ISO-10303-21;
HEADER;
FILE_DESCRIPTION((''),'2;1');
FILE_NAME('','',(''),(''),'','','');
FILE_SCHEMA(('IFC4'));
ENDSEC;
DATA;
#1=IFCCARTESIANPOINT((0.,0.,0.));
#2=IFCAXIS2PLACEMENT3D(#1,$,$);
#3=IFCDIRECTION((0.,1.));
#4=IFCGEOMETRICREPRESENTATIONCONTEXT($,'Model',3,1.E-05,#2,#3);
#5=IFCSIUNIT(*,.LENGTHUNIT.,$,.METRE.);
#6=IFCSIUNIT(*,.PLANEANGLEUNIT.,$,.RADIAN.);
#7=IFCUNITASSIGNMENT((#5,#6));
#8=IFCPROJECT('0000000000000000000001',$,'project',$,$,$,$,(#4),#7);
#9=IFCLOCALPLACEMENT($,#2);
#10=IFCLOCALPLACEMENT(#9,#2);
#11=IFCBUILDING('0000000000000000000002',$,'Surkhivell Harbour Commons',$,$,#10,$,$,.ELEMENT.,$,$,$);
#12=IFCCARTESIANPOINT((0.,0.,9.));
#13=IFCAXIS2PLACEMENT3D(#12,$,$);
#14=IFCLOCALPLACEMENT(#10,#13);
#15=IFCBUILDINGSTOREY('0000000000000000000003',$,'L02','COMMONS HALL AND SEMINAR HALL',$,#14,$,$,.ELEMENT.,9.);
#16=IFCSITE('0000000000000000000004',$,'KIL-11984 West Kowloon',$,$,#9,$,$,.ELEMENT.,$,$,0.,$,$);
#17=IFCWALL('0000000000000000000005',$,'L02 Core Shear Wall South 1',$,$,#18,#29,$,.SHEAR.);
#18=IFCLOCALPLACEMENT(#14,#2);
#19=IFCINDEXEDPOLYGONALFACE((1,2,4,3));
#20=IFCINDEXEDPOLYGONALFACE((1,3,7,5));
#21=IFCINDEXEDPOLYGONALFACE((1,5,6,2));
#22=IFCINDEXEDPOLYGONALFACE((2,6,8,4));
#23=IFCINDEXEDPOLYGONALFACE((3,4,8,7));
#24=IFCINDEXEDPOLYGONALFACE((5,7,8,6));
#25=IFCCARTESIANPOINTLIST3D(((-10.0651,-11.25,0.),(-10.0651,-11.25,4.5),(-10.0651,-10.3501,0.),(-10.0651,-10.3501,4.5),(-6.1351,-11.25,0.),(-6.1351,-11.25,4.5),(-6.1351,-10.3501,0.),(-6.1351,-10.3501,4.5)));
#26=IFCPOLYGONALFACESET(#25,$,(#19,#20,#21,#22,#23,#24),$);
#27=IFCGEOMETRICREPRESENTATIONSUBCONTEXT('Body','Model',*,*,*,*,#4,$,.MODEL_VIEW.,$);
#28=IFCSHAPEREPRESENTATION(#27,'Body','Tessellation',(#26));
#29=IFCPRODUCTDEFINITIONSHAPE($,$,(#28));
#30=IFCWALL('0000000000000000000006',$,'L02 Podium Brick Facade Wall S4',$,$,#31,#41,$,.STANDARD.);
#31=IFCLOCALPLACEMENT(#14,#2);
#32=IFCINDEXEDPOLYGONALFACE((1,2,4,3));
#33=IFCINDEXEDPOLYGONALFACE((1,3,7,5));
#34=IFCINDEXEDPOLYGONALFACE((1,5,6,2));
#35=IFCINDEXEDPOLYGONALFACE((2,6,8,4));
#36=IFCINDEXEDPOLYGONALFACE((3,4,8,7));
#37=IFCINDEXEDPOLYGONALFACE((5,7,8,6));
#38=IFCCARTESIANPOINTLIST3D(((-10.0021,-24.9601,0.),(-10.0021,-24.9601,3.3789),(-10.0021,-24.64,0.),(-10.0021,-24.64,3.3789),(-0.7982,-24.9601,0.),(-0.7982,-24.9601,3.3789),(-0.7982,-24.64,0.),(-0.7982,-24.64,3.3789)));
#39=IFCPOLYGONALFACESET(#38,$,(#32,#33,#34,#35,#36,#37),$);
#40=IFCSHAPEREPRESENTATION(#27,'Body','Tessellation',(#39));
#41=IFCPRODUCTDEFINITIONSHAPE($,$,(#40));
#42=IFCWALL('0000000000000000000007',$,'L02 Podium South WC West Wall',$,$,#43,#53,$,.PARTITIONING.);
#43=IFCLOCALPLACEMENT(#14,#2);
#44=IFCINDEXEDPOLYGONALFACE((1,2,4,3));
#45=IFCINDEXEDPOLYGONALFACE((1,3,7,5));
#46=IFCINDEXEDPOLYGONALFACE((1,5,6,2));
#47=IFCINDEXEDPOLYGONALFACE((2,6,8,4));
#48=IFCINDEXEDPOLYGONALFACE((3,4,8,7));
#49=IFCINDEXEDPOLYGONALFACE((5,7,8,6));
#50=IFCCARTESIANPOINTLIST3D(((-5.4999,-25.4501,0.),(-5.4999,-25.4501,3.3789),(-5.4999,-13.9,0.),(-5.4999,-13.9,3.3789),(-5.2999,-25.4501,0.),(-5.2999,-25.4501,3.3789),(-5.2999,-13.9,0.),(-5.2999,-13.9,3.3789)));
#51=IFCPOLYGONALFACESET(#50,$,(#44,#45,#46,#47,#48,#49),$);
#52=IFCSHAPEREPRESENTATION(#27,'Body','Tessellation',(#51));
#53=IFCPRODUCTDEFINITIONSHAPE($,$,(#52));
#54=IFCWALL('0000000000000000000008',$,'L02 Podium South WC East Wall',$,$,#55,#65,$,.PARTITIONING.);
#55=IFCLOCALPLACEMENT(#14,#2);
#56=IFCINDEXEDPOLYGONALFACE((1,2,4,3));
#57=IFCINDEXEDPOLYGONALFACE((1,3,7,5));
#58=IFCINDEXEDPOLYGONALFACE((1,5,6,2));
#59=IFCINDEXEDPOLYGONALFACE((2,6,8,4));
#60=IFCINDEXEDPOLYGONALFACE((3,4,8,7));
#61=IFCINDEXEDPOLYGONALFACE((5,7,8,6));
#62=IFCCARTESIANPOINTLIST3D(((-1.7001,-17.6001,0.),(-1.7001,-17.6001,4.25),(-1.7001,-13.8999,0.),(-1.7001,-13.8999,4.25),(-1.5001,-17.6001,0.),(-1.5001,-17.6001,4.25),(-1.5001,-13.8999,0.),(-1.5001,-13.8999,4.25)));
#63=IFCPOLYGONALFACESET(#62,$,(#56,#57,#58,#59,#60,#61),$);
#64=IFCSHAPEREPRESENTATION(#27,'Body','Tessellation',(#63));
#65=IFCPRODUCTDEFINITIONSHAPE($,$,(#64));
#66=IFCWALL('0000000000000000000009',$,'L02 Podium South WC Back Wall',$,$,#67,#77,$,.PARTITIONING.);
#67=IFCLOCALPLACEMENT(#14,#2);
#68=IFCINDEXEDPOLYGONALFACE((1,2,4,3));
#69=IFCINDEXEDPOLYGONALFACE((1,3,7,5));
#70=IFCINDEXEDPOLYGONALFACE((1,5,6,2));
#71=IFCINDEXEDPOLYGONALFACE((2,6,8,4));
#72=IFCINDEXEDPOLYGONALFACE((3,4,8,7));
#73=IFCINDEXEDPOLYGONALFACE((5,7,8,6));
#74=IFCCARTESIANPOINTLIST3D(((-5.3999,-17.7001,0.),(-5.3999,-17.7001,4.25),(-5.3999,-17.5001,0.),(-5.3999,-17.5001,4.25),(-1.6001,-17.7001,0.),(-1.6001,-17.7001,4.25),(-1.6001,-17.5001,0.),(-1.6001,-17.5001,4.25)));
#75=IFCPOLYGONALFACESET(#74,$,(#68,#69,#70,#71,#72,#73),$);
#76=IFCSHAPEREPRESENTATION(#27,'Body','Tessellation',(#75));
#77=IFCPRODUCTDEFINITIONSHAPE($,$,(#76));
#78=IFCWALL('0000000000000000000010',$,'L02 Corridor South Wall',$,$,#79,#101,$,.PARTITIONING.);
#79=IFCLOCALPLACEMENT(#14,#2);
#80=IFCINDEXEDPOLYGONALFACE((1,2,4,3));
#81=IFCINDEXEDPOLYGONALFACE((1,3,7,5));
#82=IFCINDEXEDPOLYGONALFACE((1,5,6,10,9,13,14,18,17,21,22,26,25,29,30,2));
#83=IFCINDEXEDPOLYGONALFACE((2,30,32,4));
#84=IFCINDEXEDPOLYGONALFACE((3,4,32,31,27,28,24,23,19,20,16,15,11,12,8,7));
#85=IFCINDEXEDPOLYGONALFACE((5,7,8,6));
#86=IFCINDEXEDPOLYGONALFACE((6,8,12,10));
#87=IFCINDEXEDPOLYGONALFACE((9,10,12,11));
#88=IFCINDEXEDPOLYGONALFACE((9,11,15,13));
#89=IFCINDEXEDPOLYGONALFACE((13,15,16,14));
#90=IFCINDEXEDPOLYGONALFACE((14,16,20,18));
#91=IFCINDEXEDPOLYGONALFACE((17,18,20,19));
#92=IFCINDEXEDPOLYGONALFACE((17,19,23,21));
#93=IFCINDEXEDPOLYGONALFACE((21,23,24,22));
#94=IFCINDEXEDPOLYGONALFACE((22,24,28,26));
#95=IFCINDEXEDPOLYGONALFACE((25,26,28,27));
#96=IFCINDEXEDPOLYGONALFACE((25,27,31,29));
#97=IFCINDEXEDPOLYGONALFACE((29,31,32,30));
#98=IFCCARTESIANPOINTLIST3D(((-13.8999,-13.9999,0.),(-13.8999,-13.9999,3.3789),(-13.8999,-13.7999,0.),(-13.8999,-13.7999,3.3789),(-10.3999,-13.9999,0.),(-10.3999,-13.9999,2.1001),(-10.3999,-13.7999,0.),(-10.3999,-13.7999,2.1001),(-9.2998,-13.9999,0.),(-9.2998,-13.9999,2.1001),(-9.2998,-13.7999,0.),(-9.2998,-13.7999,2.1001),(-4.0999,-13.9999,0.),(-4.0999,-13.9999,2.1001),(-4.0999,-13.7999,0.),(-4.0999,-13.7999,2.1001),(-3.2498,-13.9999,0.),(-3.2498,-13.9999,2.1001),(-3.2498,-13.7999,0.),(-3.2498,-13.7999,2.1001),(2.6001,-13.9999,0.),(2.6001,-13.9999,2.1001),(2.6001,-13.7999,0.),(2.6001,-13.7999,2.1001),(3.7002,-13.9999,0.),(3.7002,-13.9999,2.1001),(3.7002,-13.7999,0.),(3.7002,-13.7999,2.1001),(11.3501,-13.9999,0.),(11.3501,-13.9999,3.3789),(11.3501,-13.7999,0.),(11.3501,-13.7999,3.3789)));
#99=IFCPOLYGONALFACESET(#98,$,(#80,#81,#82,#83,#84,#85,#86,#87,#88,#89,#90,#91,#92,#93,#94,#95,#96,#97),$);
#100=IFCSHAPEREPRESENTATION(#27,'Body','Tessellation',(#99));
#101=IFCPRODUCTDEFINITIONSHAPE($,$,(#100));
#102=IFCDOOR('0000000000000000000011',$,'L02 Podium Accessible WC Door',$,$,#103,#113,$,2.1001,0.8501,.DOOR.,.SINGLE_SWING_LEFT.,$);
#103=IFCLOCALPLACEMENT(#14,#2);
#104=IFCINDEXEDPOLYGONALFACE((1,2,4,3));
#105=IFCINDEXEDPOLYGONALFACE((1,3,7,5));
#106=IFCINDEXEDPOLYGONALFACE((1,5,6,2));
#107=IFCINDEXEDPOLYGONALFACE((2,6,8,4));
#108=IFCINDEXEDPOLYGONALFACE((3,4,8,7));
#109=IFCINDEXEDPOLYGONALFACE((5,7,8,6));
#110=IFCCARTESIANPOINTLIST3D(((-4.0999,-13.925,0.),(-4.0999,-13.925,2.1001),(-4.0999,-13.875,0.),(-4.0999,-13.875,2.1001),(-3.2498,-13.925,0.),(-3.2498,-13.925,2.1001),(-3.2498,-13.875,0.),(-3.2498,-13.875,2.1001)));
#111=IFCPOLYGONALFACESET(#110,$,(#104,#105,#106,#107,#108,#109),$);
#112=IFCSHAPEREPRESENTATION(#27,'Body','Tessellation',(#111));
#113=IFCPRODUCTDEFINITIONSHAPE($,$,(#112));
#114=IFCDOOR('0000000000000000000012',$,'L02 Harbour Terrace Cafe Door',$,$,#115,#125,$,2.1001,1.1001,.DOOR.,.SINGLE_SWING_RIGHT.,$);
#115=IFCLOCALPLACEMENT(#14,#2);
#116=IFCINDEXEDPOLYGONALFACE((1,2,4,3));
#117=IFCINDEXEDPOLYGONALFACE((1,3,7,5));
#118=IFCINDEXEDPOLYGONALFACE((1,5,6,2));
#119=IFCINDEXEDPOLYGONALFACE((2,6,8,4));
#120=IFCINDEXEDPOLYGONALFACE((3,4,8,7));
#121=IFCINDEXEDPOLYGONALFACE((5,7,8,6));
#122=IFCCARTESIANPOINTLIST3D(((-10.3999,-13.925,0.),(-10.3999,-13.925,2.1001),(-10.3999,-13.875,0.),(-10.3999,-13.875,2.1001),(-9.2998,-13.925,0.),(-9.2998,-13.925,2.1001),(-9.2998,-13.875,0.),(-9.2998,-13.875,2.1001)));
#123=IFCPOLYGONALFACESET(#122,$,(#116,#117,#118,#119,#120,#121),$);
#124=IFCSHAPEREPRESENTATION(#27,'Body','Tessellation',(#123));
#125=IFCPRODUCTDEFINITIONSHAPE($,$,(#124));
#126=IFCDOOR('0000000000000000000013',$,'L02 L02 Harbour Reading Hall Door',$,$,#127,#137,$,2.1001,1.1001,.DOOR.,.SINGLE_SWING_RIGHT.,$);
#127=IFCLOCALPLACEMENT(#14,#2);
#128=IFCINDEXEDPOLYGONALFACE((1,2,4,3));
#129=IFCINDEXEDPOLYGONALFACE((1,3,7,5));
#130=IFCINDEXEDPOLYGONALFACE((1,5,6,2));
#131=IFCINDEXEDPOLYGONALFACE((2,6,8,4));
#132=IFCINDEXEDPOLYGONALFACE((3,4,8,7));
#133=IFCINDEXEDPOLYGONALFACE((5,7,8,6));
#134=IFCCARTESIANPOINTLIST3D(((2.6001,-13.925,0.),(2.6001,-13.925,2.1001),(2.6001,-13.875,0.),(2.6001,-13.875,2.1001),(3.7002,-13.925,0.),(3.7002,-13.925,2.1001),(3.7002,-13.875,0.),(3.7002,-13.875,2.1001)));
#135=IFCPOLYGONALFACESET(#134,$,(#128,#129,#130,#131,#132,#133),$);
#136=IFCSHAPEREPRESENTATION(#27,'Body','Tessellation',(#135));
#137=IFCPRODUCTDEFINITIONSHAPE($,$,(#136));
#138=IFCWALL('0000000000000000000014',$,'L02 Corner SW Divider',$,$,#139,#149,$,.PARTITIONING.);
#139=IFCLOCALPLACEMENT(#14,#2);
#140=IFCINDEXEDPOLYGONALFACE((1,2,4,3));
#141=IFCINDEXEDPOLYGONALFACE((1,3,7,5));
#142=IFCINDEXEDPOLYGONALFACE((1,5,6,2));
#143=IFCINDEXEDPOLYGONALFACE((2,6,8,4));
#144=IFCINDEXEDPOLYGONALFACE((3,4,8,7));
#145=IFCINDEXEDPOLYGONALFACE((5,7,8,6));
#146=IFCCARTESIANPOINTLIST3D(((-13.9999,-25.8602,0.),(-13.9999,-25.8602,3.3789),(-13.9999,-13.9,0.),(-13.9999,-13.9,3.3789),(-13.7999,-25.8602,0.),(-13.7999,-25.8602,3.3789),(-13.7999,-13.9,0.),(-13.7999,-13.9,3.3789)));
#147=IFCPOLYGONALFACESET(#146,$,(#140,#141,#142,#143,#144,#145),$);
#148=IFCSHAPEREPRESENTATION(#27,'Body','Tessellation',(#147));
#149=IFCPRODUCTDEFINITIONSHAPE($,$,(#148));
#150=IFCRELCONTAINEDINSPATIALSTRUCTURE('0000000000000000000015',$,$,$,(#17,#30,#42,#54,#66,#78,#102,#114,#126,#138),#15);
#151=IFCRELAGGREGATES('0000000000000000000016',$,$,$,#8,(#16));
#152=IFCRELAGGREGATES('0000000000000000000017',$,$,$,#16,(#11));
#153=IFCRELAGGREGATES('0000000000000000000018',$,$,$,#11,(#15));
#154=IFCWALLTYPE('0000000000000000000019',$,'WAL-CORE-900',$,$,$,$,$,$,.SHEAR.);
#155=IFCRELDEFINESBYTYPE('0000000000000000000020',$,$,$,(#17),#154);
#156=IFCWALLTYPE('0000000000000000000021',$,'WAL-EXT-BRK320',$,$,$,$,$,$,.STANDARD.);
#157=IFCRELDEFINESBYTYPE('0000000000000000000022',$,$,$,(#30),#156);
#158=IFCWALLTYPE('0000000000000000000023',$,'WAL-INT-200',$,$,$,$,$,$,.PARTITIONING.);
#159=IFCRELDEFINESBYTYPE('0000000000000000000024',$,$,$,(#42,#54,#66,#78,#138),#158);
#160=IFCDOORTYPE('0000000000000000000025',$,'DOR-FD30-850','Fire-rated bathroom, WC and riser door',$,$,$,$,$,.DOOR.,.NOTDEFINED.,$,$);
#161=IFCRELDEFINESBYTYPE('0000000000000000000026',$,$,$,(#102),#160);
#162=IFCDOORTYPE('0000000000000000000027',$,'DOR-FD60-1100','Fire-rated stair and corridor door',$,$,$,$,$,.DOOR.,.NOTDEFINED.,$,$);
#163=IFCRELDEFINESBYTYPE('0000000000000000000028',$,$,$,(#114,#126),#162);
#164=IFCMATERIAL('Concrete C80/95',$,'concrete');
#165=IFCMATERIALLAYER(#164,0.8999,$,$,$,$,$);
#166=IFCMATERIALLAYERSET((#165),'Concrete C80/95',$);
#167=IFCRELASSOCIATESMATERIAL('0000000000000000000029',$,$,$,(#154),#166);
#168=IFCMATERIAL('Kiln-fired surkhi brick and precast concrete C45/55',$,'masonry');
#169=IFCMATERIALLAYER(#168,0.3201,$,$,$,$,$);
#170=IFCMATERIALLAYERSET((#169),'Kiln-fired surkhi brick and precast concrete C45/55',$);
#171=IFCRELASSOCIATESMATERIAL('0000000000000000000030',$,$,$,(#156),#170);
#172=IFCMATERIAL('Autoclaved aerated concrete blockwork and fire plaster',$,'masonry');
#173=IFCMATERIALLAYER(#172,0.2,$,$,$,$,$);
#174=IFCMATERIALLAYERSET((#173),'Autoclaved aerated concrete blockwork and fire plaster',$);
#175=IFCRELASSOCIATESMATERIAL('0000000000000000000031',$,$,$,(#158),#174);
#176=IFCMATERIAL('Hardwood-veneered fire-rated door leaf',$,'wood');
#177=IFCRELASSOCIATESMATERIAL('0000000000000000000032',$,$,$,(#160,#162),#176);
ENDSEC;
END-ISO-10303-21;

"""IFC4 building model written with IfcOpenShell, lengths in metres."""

from ifc_helpers import new_model, si_unit, direction, frame, frame_2d, origin, place, context, subcontext, project, spatial, rectangle, extrude, material, layer, layer_set, type_object, element, fill, save


model = new_model("IFC4")

# Units and contexts
model_context = context("Model", 3, precision=1e-05, world=origin(), true_north=direction((0.0, 1.0)))
body_context = subcontext(model_context, "Body", "Model", "MODEL_VIEW")
ifc_project = project(units=[si_unit("LENGTHUNIT", "METRE"), si_unit("PLANEANGLEUNIT", "RADIAN")], contexts=[model_context])

# Site, building, storey
site_placement = place(None, origin())
site = spatial("IfcSite", under=ifc_project, at=site_placement, Name="KIL-11984 West Kowloon", CompositionType="ELEMENT", RefElevation=0.0)
building_placement = place(site_placement, origin())
building = spatial("IfcBuilding", under=site, at=building_placement, Name="Surkhivell Harbour Commons", CompositionType="ELEMENT")
storey_placement = place(building_placement, frame((0.0, 0.0, 9.0)))
storey = spatial("IfcBuildingStorey", under=building, at=storey_placement, Name="L02", Description="COMMONS HALL AND SEMINAR HALL", CompositionType="ELEMENT", Elevation=9.0)

# Shared definitions
ifc_material_1 = material(Name="Concrete C80/95", Category="concrete")

# Walls
ifc_layer_1 = layer(ifc_material_1, 0.8999)
ifc_layer_set_1 = layer_set([ifc_layer_1], Name="Concrete C80/95")
wall_type_1 = type_object("IfcWallType", Name="WAL-CORE-900", PredefinedType="SHEAR", material=ifc_layer_set_1)
wall_1_placement = place(storey_placement, frame((-10.0649, -10.8, 0.0), z_axis=(0.0, 0.0, 1.0), x_axis=(1.0, 0.0, 0.0)))
element("IfcWall", 1, at=wall_1_placement, inside=storey, type_object=wall_type_1, Name="L02 Core Shear Wall South 1", PredefinedType="SHEAR", context=body_context, shape_type="SweptSolid", body=[
    extrude(rectangle(XDim=3.9299, YDim=0.8999, at=frame_2d((1.9648, 0.0))), origin(), (0.0, 0.0, 1.0), 4.5),
])
ifc_material_2 = material(Name="Kiln-fired surkhi brick and precast concrete C45/55", Category="masonry")
ifc_layer_2 = layer(ifc_material_2, 0.3201)
ifc_layer_set_2 = layer_set([ifc_layer_2], Name="Kiln-fired surkhi brick and precast concrete C45/55")
wall_type_2 = type_object("IfcWallType", Name="WAL-EXT-BRK320", PredefinedType="STANDARD", material=ifc_layer_set_2)
wall_2_placement = place(storey_placement, frame((-0.7981, -24.8, 0.0), z_axis=(0.0, 0.0, 1.0), x_axis=(-1.0, 0.0, 0.0)))
element("IfcWall", 2, at=wall_2_placement, inside=storey, type_object=wall_type_2, Name="L02 Podium Brick Facade Wall S4", PredefinedType="STANDARD", context=body_context, shape_type="SweptSolid", body=[
    extrude(rectangle(XDim=9.2039, YDim=0.3201, at=frame_2d((4.6021, 0.0))), origin(), (0.0, 0.0, 1.0), 3.3789),
])
ifc_material_3 = material(Name="Autoclaved aerated concrete blockwork and fire plaster", Category="masonry")
ifc_layer_3 = layer(ifc_material_3, 0.2)
ifc_layer_set_3 = layer_set([ifc_layer_3], Name="Autoclaved aerated concrete blockwork and fire plaster")
wall_type_3 = type_object("IfcWallType", Name="WAL-INT-200", PredefinedType="PARTITIONING", material=ifc_layer_set_3)
wall_3_placement = place(storey_placement, frame((-5.3999, -25.45, 0.0), z_axis=(0.0, 0.0, 1.0), x_axis=(0.0, 1.0, 0.0)))
element("IfcWall", 3, at=wall_3_placement, inside=storey, type_object=wall_type_3, Name="L02 Podium South WC West Wall", PredefinedType="PARTITIONING", context=body_context, shape_type="SweptSolid", body=[
    extrude(rectangle(XDim=11.55, YDim=0.2, at=frame_2d((5.7749, 0.0))), origin(), (0.0, 0.0, 1.0), 3.3789),
])
wall_4_placement = place(storey_placement, frame((-1.6001, -17.6001, 0.0), z_axis=(0.0, 0.0, 1.0), x_axis=(0.0, 1.0, 0.0)))
element("IfcWall", 4, at=wall_4_placement, inside=storey, type_object=wall_type_3, Name="L02 Podium South WC East Wall", PredefinedType="PARTITIONING", context=body_context, shape_type="SweptSolid", body=[
    extrude(rectangle(XDim=3.7002, YDim=0.2, at=frame_2d((1.8501, 0.0))), origin(), (0.0, 0.0, 1.0), 4.25),
])
wall_5_placement = place(storey_placement, frame((-5.3999, -17.6001, 0.0), z_axis=(0.0, 0.0, 1.0), x_axis=(1.0, 0.0, 0.0)))
element("IfcWall", 5, at=wall_5_placement, inside=storey, type_object=wall_type_3, Name="L02 Podium South WC Back Wall", PredefinedType="PARTITIONING", context=body_context, shape_type="SweptSolid", body=[
    extrude(rectangle(XDim=3.7998, YDim=0.2, at=frame_2d((1.8999, 0.0))), origin(), (0.0, 0.0, 1.0), 4.25),
])

# Wall, openings, doors
wall_6_placement = place(storey_placement, frame((-13.8999, -13.8999, 0.0), z_axis=(0.0, 0.0, 1.0), x_axis=(1.0, 0.0, 0.0)))
wall_6 = element("IfcWall", 6, at=wall_6_placement, inside=storey, type_object=wall_type_3, Name="L02 Corridor South Wall", PredefinedType="PARTITIONING", context=body_context, shape_type="SweptSolid", body=[
    extrude(rectangle(XDim=25.25, YDim=0.2, at=frame_2d((12.625, 0.0))), origin(), (0.0, 0.0, 1.0), 3.3789),
])
opening_1_placement = place(wall_6_placement, frame((3.5, 0.0, 0.0)))
opening_1 = element("IfcOpeningElement", 7, at=opening_1_placement, cuts=wall_6, PredefinedType="OPENING", context=body_context, shape_type="SweptSolid", body=[
    extrude(rectangle(XDim=1.1001, YDim=2.1001, at=frame_2d((0.55, 1.05))), frame((0.0, 0.1099, 0.0), z_axis=(0.0, -1.0, 0.0), x_axis=(1.0, 0.0, 0.0)), (0.0, 0.0, 1.0), 0.22),
])
opening_2_placement = place(wall_6_placement, frame((9.8, 0.0, 0.0)))
opening_2 = element("IfcOpeningElement", 8, at=opening_2_placement, cuts=wall_6, PredefinedType="OPENING", context=body_context, shape_type="SweptSolid", body=[
    extrude(rectangle(XDim=0.8501, YDim=2.1001, at=frame_2d((0.425, 1.05))), frame((0.0, 0.1099, 0.0), z_axis=(0.0, -1.0, 0.0), x_axis=(1.0, 0.0, 0.0)), (0.0, 0.0, 1.0), 0.22),
])
opening_3_placement = place(wall_6_placement, frame((16.5, 0.0, 0.0)))
opening_3 = element("IfcOpeningElement", 9, at=opening_3_placement, cuts=wall_6, PredefinedType="OPENING", context=body_context, shape_type="SweptSolid", body=[
    extrude(rectangle(XDim=1.1001, YDim=2.1001, at=frame_2d((0.55, 1.05))), frame((0.0, 0.1099, 0.0), z_axis=(0.0, -1.0, 0.0), x_axis=(1.0, 0.0, 0.0)), (0.0, 0.0, 1.0), 0.22),
])
ifc_material_4 = material(Name="Hardwood-veneered fire-rated door leaf", Category="wood")
door_type_1 = type_object("IfcDoorType", Name="DOR-FD30-850", Description="Fire-rated bathroom, WC and riser door", OperationType="NOTDEFINED", PredefinedType="DOOR", material=ifc_material_4)
door_1_placement = place(opening_2_placement, origin())
door_1 = element("IfcDoor", 10, at=door_1_placement, inside=storey, type_object=door_type_1, Name="L02 Podium Accessible WC Door", OperationType="SINGLE_SWING_LEFT", OverallHeight=2.1001, OverallWidth=0.8501, PredefinedType="DOOR", context=body_context, shape_type="SweptSolid", body=[
    extrude(rectangle(XDim=0.8501, YDim=2.1001, at=frame_2d((0.425, 1.05))), frame((0.0, 0.0249, 0.0), z_axis=(0.0, -1.0, 0.0), x_axis=(1.0, 0.0, 0.0)), (0.0, 0.0, 1.0), 0.05),
])
fill(opening_2, door_1)
door_type_2 = type_object("IfcDoorType", Name="DOR-FD60-1100", Description="Fire-rated stair and corridor door", OperationType="NOTDEFINED", PredefinedType="DOOR", material=ifc_material_4)
door_2_placement = place(opening_1_placement, origin())
door_2 = element("IfcDoor", 11, at=door_2_placement, inside=storey, type_object=door_type_2, Name="L02 Harbour Terrace Cafe Door", OperationType="SINGLE_SWING_RIGHT", OverallHeight=2.1001, OverallWidth=1.1001, PredefinedType="DOOR", context=body_context, shape_type="SweptSolid", body=[
    extrude(rectangle(XDim=1.1001, YDim=2.1001, at=frame_2d((0.55, 1.05))), frame((0.0, 0.0249, 0.0), z_axis=(0.0, -1.0, 0.0), x_axis=(1.0, 0.0, 0.0)), (0.0, 0.0, 1.0), 0.05),
])
fill(opening_1, door_2)
door_3_placement = place(opening_3_placement, origin())
door_3 = element("IfcDoor", 12, at=door_3_placement, inside=storey, type_object=door_type_2, Name="L02 L02 Harbour Reading Hall Door", OperationType="SINGLE_SWING_RIGHT", OverallHeight=2.1001, OverallWidth=1.1001, PredefinedType="DOOR", context=body_context, shape_type="SweptSolid", body=[
    extrude(rectangle(XDim=1.1001, YDim=2.1001, at=frame_2d((0.55, 1.05))), frame((0.0, 0.0249, 0.0), z_axis=(0.0, -1.0, 0.0), x_axis=(1.0, 0.0, 0.0)), (0.0, 0.0, 1.0), 0.05),
])
fill(opening_3, door_3)

# Wall
wall_7_placement = place(storey_placement, frame((-13.8999, -25.8601, 0.0), z_axis=(0.0, 0.0, 1.0), x_axis=(0.0, 1.0, 0.0)))
element("IfcWall", 13, at=wall_7_placement, inside=storey, type_object=wall_type_3, Name="L02 Corner SW Divider", PredefinedType="PARTITIONING", context=body_context, shape_type="SweptSolid", body=[
    extrude(rectangle(XDim=11.9602, YDim=0.2, at=frame_2d((5.98, 0.0))), origin(), (0.0, 0.0, 1.0), 3.3789),
])

save(model, "model.ifc")
